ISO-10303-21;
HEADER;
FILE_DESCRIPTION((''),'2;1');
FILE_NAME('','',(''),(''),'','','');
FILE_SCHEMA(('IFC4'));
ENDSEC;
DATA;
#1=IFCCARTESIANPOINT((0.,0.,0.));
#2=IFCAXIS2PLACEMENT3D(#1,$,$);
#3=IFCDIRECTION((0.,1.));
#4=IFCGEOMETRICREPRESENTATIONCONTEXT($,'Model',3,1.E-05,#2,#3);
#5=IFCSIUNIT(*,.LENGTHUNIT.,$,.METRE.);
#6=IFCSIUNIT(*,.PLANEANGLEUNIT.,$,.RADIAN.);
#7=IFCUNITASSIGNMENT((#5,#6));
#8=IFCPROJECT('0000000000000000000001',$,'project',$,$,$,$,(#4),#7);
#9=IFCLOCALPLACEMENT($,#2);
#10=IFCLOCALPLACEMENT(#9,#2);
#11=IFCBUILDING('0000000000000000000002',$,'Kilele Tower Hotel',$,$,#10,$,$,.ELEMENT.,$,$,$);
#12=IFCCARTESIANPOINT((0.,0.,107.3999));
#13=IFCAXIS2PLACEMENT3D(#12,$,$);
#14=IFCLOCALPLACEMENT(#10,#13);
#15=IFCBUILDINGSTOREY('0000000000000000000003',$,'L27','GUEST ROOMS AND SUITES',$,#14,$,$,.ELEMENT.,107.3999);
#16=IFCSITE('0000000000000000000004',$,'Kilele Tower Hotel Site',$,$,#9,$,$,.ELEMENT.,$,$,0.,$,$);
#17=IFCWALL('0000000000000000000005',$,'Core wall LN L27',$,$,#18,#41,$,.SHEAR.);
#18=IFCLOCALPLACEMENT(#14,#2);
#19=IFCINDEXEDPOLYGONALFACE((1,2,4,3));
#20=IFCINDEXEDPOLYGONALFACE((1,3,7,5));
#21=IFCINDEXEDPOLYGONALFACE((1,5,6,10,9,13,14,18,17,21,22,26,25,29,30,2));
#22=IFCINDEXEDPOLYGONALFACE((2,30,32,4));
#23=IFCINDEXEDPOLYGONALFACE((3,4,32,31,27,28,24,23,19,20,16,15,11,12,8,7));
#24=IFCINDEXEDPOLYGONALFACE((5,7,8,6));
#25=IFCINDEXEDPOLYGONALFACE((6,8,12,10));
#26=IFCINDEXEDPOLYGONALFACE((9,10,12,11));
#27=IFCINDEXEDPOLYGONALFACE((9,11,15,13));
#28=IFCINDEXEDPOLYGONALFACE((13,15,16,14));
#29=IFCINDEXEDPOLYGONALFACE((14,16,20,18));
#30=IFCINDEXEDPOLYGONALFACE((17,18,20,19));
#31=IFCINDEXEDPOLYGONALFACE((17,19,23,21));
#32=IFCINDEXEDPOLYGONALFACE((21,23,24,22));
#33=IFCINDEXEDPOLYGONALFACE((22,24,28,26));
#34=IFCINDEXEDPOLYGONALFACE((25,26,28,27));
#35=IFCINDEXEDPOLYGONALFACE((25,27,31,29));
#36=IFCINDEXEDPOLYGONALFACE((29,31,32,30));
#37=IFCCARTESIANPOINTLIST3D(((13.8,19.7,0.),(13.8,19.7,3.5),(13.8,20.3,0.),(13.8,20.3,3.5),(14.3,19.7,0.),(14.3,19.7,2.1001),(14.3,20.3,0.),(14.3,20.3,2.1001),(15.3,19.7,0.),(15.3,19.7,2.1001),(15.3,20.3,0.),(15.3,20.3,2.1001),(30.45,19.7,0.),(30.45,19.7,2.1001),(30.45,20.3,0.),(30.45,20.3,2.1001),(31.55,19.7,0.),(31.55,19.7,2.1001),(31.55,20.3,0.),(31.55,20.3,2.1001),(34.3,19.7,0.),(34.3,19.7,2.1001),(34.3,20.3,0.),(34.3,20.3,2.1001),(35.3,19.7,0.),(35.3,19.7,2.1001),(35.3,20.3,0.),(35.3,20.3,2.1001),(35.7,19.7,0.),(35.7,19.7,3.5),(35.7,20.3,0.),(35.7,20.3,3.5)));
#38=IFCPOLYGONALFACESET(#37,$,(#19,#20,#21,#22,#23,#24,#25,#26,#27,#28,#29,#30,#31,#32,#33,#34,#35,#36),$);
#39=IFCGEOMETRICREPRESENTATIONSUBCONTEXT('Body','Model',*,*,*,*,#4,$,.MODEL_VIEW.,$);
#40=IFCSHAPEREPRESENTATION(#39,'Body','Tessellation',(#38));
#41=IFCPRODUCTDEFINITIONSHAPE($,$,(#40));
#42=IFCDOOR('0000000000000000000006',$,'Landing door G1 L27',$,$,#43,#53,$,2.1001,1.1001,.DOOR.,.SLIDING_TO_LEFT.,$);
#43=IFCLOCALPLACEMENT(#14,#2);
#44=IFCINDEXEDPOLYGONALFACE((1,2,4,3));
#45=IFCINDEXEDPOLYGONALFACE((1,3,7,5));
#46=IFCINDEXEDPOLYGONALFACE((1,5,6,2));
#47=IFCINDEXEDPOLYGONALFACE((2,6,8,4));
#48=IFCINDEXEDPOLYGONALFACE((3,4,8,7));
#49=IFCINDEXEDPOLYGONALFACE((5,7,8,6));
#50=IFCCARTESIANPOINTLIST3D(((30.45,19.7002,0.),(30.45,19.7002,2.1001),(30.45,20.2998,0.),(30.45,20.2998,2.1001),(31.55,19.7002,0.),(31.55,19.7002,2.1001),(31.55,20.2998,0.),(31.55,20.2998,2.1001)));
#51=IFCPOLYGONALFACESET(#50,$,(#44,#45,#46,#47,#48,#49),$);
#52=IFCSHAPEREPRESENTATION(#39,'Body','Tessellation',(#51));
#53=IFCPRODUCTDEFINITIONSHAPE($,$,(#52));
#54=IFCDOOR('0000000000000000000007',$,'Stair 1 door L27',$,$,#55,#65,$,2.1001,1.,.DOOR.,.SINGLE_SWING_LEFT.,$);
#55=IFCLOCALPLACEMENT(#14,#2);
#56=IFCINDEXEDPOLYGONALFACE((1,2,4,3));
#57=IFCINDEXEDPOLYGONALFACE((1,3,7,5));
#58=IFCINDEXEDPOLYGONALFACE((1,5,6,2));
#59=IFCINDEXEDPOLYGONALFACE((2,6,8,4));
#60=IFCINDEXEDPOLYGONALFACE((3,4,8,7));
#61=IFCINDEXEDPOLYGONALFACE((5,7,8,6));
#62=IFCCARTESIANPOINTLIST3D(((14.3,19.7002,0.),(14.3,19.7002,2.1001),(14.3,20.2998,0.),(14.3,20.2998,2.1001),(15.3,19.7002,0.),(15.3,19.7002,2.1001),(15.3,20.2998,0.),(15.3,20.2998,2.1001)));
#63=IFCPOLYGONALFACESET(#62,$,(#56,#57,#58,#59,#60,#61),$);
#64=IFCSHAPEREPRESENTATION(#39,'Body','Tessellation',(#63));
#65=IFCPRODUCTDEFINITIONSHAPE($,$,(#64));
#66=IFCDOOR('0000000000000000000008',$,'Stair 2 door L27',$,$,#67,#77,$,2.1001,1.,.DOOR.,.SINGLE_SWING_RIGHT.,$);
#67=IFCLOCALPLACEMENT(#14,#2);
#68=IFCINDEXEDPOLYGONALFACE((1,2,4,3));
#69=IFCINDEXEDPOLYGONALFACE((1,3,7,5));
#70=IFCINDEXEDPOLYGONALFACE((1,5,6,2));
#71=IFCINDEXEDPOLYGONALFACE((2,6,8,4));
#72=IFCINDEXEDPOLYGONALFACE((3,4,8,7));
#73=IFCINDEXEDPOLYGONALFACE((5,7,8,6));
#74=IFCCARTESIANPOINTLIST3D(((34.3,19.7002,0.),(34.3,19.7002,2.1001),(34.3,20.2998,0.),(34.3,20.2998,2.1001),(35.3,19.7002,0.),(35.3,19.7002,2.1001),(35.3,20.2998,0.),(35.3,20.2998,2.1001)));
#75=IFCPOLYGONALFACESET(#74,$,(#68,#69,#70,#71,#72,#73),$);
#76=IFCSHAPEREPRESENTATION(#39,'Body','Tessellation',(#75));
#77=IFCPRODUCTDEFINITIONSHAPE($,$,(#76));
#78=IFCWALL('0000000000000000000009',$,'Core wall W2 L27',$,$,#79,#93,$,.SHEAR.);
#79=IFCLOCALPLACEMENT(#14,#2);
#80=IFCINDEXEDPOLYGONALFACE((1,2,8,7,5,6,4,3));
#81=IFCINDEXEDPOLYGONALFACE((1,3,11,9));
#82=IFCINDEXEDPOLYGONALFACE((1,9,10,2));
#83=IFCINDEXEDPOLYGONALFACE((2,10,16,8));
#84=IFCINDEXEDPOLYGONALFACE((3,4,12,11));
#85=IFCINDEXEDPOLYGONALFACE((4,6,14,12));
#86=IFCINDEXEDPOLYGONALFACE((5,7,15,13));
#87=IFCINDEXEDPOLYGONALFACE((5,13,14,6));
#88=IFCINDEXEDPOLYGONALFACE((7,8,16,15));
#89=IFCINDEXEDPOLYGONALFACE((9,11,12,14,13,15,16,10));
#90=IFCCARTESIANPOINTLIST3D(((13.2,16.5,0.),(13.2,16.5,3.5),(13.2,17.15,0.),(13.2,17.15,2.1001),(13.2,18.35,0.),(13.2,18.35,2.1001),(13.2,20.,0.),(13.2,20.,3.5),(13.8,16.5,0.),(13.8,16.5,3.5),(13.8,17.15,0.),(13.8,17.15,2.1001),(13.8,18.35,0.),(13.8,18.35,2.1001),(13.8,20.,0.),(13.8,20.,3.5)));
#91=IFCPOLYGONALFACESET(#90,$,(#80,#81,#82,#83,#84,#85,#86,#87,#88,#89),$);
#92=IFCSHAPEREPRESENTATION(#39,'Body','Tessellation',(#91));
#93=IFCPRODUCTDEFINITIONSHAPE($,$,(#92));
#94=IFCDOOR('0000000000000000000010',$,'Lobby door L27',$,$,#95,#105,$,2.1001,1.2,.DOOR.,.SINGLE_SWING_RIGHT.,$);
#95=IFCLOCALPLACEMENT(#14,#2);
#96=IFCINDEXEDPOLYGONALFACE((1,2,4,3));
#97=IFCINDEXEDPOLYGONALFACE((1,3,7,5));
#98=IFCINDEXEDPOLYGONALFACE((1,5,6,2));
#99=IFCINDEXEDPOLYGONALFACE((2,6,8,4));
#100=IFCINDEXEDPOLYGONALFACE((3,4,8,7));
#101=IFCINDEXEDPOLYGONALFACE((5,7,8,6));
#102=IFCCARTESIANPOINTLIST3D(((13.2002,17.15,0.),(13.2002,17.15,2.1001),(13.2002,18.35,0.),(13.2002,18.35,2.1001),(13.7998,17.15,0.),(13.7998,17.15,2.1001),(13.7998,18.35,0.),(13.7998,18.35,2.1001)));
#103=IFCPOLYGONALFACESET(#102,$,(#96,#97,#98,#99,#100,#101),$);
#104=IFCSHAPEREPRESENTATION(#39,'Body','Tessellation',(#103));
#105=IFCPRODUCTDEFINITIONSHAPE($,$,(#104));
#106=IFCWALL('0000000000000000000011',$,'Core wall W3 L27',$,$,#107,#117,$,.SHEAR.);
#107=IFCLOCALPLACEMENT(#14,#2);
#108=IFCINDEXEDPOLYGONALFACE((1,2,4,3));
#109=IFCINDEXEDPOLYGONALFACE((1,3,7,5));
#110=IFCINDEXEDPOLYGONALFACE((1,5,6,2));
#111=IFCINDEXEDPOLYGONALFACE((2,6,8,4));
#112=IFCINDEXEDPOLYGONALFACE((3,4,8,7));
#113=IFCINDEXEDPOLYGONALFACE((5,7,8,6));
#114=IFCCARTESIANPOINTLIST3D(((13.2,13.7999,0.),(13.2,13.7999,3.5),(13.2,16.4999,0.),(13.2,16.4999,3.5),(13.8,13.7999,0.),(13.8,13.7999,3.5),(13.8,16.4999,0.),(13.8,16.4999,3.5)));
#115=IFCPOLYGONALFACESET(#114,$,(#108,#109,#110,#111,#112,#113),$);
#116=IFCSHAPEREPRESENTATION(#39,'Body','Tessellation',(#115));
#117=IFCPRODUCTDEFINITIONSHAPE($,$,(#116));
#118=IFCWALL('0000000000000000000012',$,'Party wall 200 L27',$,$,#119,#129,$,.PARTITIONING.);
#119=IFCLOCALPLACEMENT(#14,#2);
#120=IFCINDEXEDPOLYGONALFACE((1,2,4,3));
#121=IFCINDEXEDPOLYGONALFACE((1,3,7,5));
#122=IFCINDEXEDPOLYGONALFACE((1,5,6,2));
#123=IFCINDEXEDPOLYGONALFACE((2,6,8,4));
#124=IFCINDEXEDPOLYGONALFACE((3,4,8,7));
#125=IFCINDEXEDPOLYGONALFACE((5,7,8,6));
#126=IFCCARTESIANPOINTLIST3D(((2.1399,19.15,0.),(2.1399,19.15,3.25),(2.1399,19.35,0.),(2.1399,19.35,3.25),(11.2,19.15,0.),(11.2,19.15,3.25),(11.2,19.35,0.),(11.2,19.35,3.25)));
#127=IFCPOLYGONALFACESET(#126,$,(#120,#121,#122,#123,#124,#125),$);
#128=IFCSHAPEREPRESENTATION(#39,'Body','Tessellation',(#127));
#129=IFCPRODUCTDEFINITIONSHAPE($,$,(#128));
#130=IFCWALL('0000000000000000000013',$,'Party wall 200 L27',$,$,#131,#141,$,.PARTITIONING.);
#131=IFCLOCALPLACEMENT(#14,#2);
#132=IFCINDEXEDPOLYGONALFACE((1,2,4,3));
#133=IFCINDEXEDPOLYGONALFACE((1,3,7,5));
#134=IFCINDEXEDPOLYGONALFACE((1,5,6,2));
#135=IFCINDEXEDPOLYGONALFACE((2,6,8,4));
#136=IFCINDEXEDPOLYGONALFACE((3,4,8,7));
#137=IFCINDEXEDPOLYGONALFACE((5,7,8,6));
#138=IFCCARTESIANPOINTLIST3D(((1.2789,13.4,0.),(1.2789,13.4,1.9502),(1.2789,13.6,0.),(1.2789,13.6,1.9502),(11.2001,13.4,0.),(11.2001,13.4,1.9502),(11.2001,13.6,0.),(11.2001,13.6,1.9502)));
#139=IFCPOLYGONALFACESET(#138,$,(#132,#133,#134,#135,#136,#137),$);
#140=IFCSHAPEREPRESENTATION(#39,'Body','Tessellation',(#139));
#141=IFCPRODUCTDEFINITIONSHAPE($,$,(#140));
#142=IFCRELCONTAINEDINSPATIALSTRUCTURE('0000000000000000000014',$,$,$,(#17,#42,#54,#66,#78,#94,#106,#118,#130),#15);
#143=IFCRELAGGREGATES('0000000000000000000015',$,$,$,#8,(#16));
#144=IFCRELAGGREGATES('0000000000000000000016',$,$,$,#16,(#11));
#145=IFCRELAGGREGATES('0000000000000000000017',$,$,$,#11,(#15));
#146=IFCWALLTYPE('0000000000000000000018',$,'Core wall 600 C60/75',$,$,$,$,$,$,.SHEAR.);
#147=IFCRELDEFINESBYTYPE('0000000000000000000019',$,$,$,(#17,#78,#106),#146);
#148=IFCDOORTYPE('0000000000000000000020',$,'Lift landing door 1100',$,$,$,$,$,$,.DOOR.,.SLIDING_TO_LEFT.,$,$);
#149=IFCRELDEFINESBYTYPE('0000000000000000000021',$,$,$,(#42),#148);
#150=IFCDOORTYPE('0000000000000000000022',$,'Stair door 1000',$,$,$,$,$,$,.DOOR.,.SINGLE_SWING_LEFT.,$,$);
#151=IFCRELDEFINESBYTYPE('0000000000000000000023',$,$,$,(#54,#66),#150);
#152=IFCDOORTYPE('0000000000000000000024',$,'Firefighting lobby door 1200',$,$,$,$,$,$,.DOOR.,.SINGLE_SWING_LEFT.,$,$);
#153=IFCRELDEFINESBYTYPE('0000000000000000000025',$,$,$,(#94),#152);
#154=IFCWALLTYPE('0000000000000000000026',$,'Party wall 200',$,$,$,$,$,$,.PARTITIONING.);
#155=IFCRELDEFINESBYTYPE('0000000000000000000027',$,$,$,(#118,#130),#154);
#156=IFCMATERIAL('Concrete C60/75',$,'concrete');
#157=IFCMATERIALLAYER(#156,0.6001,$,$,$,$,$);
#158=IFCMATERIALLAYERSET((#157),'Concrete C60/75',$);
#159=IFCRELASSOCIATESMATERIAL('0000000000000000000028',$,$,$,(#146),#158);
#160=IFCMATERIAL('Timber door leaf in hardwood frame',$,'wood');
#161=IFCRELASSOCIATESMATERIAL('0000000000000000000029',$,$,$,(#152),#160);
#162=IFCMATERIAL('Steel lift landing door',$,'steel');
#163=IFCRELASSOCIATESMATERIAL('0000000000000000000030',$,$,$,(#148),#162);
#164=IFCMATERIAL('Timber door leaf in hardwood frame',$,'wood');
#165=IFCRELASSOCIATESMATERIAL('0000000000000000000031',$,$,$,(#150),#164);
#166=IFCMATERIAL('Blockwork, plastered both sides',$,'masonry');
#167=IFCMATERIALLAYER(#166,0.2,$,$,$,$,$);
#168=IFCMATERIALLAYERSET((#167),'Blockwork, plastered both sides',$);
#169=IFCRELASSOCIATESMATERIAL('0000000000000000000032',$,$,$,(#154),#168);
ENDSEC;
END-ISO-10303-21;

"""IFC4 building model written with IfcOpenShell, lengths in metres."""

from ifc_helpers import new_model, si_unit, direction, frame, frame_2d, origin, place, context, subcontext, project, spatial, rectangle, extrude, material, layer, layer_set, type_object, element, fill, save


model = new_model("IFC4")

# Units and contexts
model_context = context("Model", 3, precision=1e-05, world=origin(), true_north=direction((0.0, 1.0)))
body_context = subcontext(model_context, "Body", "Model", "MODEL_VIEW")
ifc_project = project(units=[si_unit("LENGTHUNIT", "METRE"), si_unit("PLANEANGLEUNIT", "RADIAN")], contexts=[model_context])

# Site, building, storey
site_placement = place(None, origin())
site = spatial("IfcSite", under=ifc_project, at=site_placement, Name="Kilele Tower Hotel Site", CompositionType="ELEMENT", RefElevation=0.0)
building_placement = place(site_placement, origin())
building = spatial("IfcBuilding", under=site, at=building_placement, Name="Kilele Tower Hotel", CompositionType="ELEMENT")
storey_placement = place(building_placement, frame((0.0, 0.0, 107.3999)))
storey = spatial("IfcBuildingStorey", under=building, at=storey_placement, Name="L27", Description="GUEST ROOMS AND SUITES", CompositionType="ELEMENT", Elevation=107.3999)

# Shared definitions
ifc_material_1 = material(Name="Concrete C60/75", Category="concrete")
ifc_layer_1 = layer(ifc_material_1, 0.6001)
ifc_layer_set_1 = layer_set([ifc_layer_1], Name="Concrete C60/75")
wall_type_1 = type_object("IfcWallType", Name="Core wall 600 C60/75", PredefinedType="SHEAR", material=ifc_layer_set_1)

# Shared definitions
ifc_material_2 = material(Name="Timber door leaf in hardwood frame", Category="wood")
door_type_1 = type_object("IfcDoorType", Name="Firefighting lobby door 1200", OperationType="SINGLE_SWING_LEFT", PredefinedType="DOOR", material=ifc_material_2)

# Wall, openings, doors
ifc_material_3 = material(Name="Steel lift landing door", Category="steel")
door_type_2 = type_object("IfcDoorType", Name="Lift landing door 1100", OperationType="SLIDING_TO_LEFT", PredefinedType="DOOR", material=ifc_material_3)
wall_1_placement = place(storey_placement, frame((13.8, 20.0, 0.0), z_axis=(0.0, 0.0, 1.0), x_axis=(1.0, 0.0, 0.0)))
wall_1 = element("IfcWall", 1, at=wall_1_placement, inside=storey, type_object=wall_type_1, Name="Core wall LN L27", PredefinedType="SHEAR", context=body_context, shape_type="SweptSolid", body=[
    extrude(rectangle(XDim=21.8999, YDim=0.6001, at=frame_2d((10.95, 0.0))), origin(), (0.0, 0.0, 1.0), 3.5),
])
opening_1_placement = place(wall_1_placement, frame((0.5, 0.0, 0.0)))
opening_1 = element("IfcOpeningElement", 2, at=opening_1_placement, cuts=wall_1, PredefinedType="OPENING", context=body_context, shape_type="SweptSolid", body=[
    extrude(rectangle(XDim=1.0, YDim=2.1001, at=frame_2d((0.5, 1.05))), frame((0.0, 0.3101, 0.0), z_axis=(0.0, -1.0, 0.0), x_axis=(1.0, 0.0, 0.0)), (0.0, 0.0, 1.0), 0.6201),
])
opening_2_placement = place(wall_1_placement, frame((20.5, 0.0, 0.0)))
opening_2 = element("IfcOpeningElement", 3, at=opening_2_placement, cuts=wall_1, PredefinedType="OPENING", context=body_context, shape_type="SweptSolid", body=[
    extrude(rectangle(XDim=1.0, YDim=2.1001, at=frame_2d((0.5, 1.05))), frame((0.0, 0.3101, 0.0), z_axis=(0.0, -1.0, 0.0), x_axis=(1.0, 0.0, 0.0)), (0.0, 0.0, 1.0), 0.6201),
])
opening_3_placement = place(wall_1_placement, frame((16.6499, 0.0, 0.0)))
opening_3 = element("IfcOpeningElement", 4, at=opening_3_placement, cuts=wall_1, PredefinedType="OPENING", context=body_context, shape_type="SweptSolid", body=[
    extrude(rectangle(XDim=1.1001, YDim=2.1001, at=frame_2d((0.55, 1.05))), frame((0.0, 0.3101, 0.0), z_axis=(0.0, -1.0, 0.0), x_axis=(1.0, 0.0, 0.0)), (0.0, 0.0, 1.0), 0.6201),
])
door_1_placement = place(opening_3_placement, origin())
door_1 = element("IfcDoor", 5, at=door_1_placement, inside=storey, type_object=door_type_2, Name="Landing door G1 L27", OperationType="SLIDING_TO_LEFT", OverallHeight=2.1001, OverallWidth=1.1001, PredefinedType="DOOR", context=body_context, shape_type="SweptSolid", body=[
    extrude(rectangle(XDim=1.1001, YDim=2.1001, at=frame_2d((0.55, 1.05))), frame((0.0, 0.2998, 0.0), z_axis=(0.0, -1.0, 0.0), x_axis=(1.0, 0.0, 0.0)), (0.0, 0.0, 1.0), 0.5996),
])
fill(opening_3, door_1)
ifc_material_4 = material(Name="Timber door leaf in hardwood frame", Category="wood")
door_type_3 = type_object("IfcDoorType", Name="Stair door 1000", OperationType="SINGLE_SWING_LEFT", PredefinedType="DOOR", material=ifc_material_4)
door_2_placement = place(opening_1_placement, origin())
door_2 = element("IfcDoor", 6, at=door_2_placement, inside=storey, type_object=door_type_3, Name="Stair 1 door L27", OperationType="SINGLE_SWING_LEFT", OverallHeight=2.1001, OverallWidth=1.0, PredefinedType="DOOR", context=body_context, shape_type="SweptSolid", body=[
    extrude(rectangle(XDim=1.0, YDim=2.1001, at=frame_2d((0.5, 1.05))), frame((0.0, 0.2998, 0.0), z_axis=(0.0, -1.0, 0.0), x_axis=(1.0, 0.0, 0.0)), (0.0, 0.0, 1.0), 0.5996),
])
fill(opening_1, door_2)
door_3_placement = place(opening_2_placement, origin())
door_3 = element("IfcDoor", 7, at=door_3_placement, inside=storey, type_object=door_type_3, Name="Stair 2 door L27", OperationType="SINGLE_SWING_RIGHT", OverallHeight=2.1001, OverallWidth=1.0, PredefinedType="DOOR", context=body_context, shape_type="SweptSolid", body=[
    extrude(rectangle(XDim=1.0, YDim=2.1001, at=frame_2d((0.5, 1.05))), frame((0.0, 0.2998, 0.0), z_axis=(0.0, -1.0, 0.0), x_axis=(1.0, 0.0, 0.0)), (0.0, 0.0, 1.0), 0.5996),
])
fill(opening_2, door_3)

# Wall, opening, door
wall_2_placement = place(storey_placement, frame((13.5, 20.0, 0.0), z_axis=(0.0, 0.0, 1.0), x_axis=(0.0, -1.0, 0.0)))
wall_2 = element("IfcWall", 8, at=wall_2_placement, inside=storey, type_object=wall_type_1, Name="Core wall W2 L27", PredefinedType="SHEAR", context=body_context, shape_type="SweptSolid", body=[
    extrude(rectangle(XDim=3.5, YDim=0.6001, at=frame_2d((1.75, 0.0))), origin(), (0.0, 0.0, 1.0), 3.5),
])
opening_4_placement = place(wall_2_placement, frame((1.6499, 0.0, 0.0)))
opening_4 = element("IfcOpeningElement", 9, at=opening_4_placement, cuts=wall_2, PredefinedType="OPENING", context=body_context, shape_type="SweptSolid", body=[
    extrude(rectangle(XDim=1.2, YDim=2.1001, at=frame_2d((0.6001, 1.05))), frame((0.0, 0.3101, 0.0), z_axis=(0.0, -1.0, 0.0), x_axis=(1.0, 0.0, 0.0)), (0.0, 0.0, 1.0), 0.6201),
])
door_4_placement = place(opening_4_placement, origin())
door_4 = element("IfcDoor", 10, at=door_4_placement, inside=storey, type_object=door_type_1, Name="Lobby door L27", OperationType="SINGLE_SWING_RIGHT", OverallHeight=2.1001, OverallWidth=1.2, PredefinedType="DOOR", context=body_context, shape_type="SweptSolid", body=[
    extrude(rectangle(XDim=1.2, YDim=2.1001, at=frame_2d((0.6001, 1.05))), frame((0.0, 0.2998, 0.0), z_axis=(0.0, -1.0, 0.0), x_axis=(1.0, 0.0, 0.0)), (0.0, 0.0, 1.0), 0.5996),
])
fill(opening_4, door_4)

# Walls
wall_3_placement = place(storey_placement, frame((13.5, 16.5, 0.0), z_axis=(0.0, 0.0, 1.0), x_axis=(0.0, -1.0, 0.0)))
element("IfcWall", 11, at=wall_3_placement, inside=storey, type_object=wall_type_1, Name="Core wall W3 L27", PredefinedType="SHEAR", context=body_context, shape_type="SweptSolid", body=[
    extrude(rectangle(XDim=2.7, YDim=0.6001, at=frame_2d((1.3501, 0.0))), origin(), (0.0, 0.0, 1.0), 3.5),
])
ifc_material_5 = material(Name="Blockwork, plastered both sides", Category="masonry")
ifc_layer_2 = layer(ifc_material_5, 0.2)
ifc_layer_set_2 = layer_set([ifc_layer_2], Name="Blockwork, plastered both sides")
wall_type_2 = type_object("IfcWallType", Name="Party wall 200", PredefinedType="PARTITIONING", material=ifc_layer_set_2)
wall_4_placement = place(storey_placement, frame((11.2, 19.25, 0.0), z_axis=(0.0, 0.0, 1.0), x_axis=(-1.0, 0.0, 0.0)))
element("IfcWall", 12, at=wall_4_placement, inside=storey, type_object=wall_type_2, Name="Party wall 200 L27", PredefinedType="PARTITIONING", context=body_context, shape_type="SweptSolid", body=[
    extrude(rectangle(XDim=9.0601, YDim=0.2, at=frame_2d((4.53, 0.0))), origin(), (0.0, 0.0, 1.0), 3.25),
])
wall_5_placement = place(storey_placement, frame((11.2, 13.5, 0.0), z_axis=(0.0, 0.0, 1.0), x_axis=(-1.0, 0.0, 0.0)))
element("IfcWall", 13, at=wall_5_placement, inside=storey, type_object=wall_type_2, Name="Party wall 200 L27", PredefinedType="PARTITIONING", context=body_context, shape_type="SweptSolid", body=[
    extrude(rectangle(XDim=9.9211, YDim=0.2, at=frame_2d((4.9604, 0.0))), origin(), (0.0, 0.0, 1.0), 1.9502),
])

save(model, "model.ifc")
